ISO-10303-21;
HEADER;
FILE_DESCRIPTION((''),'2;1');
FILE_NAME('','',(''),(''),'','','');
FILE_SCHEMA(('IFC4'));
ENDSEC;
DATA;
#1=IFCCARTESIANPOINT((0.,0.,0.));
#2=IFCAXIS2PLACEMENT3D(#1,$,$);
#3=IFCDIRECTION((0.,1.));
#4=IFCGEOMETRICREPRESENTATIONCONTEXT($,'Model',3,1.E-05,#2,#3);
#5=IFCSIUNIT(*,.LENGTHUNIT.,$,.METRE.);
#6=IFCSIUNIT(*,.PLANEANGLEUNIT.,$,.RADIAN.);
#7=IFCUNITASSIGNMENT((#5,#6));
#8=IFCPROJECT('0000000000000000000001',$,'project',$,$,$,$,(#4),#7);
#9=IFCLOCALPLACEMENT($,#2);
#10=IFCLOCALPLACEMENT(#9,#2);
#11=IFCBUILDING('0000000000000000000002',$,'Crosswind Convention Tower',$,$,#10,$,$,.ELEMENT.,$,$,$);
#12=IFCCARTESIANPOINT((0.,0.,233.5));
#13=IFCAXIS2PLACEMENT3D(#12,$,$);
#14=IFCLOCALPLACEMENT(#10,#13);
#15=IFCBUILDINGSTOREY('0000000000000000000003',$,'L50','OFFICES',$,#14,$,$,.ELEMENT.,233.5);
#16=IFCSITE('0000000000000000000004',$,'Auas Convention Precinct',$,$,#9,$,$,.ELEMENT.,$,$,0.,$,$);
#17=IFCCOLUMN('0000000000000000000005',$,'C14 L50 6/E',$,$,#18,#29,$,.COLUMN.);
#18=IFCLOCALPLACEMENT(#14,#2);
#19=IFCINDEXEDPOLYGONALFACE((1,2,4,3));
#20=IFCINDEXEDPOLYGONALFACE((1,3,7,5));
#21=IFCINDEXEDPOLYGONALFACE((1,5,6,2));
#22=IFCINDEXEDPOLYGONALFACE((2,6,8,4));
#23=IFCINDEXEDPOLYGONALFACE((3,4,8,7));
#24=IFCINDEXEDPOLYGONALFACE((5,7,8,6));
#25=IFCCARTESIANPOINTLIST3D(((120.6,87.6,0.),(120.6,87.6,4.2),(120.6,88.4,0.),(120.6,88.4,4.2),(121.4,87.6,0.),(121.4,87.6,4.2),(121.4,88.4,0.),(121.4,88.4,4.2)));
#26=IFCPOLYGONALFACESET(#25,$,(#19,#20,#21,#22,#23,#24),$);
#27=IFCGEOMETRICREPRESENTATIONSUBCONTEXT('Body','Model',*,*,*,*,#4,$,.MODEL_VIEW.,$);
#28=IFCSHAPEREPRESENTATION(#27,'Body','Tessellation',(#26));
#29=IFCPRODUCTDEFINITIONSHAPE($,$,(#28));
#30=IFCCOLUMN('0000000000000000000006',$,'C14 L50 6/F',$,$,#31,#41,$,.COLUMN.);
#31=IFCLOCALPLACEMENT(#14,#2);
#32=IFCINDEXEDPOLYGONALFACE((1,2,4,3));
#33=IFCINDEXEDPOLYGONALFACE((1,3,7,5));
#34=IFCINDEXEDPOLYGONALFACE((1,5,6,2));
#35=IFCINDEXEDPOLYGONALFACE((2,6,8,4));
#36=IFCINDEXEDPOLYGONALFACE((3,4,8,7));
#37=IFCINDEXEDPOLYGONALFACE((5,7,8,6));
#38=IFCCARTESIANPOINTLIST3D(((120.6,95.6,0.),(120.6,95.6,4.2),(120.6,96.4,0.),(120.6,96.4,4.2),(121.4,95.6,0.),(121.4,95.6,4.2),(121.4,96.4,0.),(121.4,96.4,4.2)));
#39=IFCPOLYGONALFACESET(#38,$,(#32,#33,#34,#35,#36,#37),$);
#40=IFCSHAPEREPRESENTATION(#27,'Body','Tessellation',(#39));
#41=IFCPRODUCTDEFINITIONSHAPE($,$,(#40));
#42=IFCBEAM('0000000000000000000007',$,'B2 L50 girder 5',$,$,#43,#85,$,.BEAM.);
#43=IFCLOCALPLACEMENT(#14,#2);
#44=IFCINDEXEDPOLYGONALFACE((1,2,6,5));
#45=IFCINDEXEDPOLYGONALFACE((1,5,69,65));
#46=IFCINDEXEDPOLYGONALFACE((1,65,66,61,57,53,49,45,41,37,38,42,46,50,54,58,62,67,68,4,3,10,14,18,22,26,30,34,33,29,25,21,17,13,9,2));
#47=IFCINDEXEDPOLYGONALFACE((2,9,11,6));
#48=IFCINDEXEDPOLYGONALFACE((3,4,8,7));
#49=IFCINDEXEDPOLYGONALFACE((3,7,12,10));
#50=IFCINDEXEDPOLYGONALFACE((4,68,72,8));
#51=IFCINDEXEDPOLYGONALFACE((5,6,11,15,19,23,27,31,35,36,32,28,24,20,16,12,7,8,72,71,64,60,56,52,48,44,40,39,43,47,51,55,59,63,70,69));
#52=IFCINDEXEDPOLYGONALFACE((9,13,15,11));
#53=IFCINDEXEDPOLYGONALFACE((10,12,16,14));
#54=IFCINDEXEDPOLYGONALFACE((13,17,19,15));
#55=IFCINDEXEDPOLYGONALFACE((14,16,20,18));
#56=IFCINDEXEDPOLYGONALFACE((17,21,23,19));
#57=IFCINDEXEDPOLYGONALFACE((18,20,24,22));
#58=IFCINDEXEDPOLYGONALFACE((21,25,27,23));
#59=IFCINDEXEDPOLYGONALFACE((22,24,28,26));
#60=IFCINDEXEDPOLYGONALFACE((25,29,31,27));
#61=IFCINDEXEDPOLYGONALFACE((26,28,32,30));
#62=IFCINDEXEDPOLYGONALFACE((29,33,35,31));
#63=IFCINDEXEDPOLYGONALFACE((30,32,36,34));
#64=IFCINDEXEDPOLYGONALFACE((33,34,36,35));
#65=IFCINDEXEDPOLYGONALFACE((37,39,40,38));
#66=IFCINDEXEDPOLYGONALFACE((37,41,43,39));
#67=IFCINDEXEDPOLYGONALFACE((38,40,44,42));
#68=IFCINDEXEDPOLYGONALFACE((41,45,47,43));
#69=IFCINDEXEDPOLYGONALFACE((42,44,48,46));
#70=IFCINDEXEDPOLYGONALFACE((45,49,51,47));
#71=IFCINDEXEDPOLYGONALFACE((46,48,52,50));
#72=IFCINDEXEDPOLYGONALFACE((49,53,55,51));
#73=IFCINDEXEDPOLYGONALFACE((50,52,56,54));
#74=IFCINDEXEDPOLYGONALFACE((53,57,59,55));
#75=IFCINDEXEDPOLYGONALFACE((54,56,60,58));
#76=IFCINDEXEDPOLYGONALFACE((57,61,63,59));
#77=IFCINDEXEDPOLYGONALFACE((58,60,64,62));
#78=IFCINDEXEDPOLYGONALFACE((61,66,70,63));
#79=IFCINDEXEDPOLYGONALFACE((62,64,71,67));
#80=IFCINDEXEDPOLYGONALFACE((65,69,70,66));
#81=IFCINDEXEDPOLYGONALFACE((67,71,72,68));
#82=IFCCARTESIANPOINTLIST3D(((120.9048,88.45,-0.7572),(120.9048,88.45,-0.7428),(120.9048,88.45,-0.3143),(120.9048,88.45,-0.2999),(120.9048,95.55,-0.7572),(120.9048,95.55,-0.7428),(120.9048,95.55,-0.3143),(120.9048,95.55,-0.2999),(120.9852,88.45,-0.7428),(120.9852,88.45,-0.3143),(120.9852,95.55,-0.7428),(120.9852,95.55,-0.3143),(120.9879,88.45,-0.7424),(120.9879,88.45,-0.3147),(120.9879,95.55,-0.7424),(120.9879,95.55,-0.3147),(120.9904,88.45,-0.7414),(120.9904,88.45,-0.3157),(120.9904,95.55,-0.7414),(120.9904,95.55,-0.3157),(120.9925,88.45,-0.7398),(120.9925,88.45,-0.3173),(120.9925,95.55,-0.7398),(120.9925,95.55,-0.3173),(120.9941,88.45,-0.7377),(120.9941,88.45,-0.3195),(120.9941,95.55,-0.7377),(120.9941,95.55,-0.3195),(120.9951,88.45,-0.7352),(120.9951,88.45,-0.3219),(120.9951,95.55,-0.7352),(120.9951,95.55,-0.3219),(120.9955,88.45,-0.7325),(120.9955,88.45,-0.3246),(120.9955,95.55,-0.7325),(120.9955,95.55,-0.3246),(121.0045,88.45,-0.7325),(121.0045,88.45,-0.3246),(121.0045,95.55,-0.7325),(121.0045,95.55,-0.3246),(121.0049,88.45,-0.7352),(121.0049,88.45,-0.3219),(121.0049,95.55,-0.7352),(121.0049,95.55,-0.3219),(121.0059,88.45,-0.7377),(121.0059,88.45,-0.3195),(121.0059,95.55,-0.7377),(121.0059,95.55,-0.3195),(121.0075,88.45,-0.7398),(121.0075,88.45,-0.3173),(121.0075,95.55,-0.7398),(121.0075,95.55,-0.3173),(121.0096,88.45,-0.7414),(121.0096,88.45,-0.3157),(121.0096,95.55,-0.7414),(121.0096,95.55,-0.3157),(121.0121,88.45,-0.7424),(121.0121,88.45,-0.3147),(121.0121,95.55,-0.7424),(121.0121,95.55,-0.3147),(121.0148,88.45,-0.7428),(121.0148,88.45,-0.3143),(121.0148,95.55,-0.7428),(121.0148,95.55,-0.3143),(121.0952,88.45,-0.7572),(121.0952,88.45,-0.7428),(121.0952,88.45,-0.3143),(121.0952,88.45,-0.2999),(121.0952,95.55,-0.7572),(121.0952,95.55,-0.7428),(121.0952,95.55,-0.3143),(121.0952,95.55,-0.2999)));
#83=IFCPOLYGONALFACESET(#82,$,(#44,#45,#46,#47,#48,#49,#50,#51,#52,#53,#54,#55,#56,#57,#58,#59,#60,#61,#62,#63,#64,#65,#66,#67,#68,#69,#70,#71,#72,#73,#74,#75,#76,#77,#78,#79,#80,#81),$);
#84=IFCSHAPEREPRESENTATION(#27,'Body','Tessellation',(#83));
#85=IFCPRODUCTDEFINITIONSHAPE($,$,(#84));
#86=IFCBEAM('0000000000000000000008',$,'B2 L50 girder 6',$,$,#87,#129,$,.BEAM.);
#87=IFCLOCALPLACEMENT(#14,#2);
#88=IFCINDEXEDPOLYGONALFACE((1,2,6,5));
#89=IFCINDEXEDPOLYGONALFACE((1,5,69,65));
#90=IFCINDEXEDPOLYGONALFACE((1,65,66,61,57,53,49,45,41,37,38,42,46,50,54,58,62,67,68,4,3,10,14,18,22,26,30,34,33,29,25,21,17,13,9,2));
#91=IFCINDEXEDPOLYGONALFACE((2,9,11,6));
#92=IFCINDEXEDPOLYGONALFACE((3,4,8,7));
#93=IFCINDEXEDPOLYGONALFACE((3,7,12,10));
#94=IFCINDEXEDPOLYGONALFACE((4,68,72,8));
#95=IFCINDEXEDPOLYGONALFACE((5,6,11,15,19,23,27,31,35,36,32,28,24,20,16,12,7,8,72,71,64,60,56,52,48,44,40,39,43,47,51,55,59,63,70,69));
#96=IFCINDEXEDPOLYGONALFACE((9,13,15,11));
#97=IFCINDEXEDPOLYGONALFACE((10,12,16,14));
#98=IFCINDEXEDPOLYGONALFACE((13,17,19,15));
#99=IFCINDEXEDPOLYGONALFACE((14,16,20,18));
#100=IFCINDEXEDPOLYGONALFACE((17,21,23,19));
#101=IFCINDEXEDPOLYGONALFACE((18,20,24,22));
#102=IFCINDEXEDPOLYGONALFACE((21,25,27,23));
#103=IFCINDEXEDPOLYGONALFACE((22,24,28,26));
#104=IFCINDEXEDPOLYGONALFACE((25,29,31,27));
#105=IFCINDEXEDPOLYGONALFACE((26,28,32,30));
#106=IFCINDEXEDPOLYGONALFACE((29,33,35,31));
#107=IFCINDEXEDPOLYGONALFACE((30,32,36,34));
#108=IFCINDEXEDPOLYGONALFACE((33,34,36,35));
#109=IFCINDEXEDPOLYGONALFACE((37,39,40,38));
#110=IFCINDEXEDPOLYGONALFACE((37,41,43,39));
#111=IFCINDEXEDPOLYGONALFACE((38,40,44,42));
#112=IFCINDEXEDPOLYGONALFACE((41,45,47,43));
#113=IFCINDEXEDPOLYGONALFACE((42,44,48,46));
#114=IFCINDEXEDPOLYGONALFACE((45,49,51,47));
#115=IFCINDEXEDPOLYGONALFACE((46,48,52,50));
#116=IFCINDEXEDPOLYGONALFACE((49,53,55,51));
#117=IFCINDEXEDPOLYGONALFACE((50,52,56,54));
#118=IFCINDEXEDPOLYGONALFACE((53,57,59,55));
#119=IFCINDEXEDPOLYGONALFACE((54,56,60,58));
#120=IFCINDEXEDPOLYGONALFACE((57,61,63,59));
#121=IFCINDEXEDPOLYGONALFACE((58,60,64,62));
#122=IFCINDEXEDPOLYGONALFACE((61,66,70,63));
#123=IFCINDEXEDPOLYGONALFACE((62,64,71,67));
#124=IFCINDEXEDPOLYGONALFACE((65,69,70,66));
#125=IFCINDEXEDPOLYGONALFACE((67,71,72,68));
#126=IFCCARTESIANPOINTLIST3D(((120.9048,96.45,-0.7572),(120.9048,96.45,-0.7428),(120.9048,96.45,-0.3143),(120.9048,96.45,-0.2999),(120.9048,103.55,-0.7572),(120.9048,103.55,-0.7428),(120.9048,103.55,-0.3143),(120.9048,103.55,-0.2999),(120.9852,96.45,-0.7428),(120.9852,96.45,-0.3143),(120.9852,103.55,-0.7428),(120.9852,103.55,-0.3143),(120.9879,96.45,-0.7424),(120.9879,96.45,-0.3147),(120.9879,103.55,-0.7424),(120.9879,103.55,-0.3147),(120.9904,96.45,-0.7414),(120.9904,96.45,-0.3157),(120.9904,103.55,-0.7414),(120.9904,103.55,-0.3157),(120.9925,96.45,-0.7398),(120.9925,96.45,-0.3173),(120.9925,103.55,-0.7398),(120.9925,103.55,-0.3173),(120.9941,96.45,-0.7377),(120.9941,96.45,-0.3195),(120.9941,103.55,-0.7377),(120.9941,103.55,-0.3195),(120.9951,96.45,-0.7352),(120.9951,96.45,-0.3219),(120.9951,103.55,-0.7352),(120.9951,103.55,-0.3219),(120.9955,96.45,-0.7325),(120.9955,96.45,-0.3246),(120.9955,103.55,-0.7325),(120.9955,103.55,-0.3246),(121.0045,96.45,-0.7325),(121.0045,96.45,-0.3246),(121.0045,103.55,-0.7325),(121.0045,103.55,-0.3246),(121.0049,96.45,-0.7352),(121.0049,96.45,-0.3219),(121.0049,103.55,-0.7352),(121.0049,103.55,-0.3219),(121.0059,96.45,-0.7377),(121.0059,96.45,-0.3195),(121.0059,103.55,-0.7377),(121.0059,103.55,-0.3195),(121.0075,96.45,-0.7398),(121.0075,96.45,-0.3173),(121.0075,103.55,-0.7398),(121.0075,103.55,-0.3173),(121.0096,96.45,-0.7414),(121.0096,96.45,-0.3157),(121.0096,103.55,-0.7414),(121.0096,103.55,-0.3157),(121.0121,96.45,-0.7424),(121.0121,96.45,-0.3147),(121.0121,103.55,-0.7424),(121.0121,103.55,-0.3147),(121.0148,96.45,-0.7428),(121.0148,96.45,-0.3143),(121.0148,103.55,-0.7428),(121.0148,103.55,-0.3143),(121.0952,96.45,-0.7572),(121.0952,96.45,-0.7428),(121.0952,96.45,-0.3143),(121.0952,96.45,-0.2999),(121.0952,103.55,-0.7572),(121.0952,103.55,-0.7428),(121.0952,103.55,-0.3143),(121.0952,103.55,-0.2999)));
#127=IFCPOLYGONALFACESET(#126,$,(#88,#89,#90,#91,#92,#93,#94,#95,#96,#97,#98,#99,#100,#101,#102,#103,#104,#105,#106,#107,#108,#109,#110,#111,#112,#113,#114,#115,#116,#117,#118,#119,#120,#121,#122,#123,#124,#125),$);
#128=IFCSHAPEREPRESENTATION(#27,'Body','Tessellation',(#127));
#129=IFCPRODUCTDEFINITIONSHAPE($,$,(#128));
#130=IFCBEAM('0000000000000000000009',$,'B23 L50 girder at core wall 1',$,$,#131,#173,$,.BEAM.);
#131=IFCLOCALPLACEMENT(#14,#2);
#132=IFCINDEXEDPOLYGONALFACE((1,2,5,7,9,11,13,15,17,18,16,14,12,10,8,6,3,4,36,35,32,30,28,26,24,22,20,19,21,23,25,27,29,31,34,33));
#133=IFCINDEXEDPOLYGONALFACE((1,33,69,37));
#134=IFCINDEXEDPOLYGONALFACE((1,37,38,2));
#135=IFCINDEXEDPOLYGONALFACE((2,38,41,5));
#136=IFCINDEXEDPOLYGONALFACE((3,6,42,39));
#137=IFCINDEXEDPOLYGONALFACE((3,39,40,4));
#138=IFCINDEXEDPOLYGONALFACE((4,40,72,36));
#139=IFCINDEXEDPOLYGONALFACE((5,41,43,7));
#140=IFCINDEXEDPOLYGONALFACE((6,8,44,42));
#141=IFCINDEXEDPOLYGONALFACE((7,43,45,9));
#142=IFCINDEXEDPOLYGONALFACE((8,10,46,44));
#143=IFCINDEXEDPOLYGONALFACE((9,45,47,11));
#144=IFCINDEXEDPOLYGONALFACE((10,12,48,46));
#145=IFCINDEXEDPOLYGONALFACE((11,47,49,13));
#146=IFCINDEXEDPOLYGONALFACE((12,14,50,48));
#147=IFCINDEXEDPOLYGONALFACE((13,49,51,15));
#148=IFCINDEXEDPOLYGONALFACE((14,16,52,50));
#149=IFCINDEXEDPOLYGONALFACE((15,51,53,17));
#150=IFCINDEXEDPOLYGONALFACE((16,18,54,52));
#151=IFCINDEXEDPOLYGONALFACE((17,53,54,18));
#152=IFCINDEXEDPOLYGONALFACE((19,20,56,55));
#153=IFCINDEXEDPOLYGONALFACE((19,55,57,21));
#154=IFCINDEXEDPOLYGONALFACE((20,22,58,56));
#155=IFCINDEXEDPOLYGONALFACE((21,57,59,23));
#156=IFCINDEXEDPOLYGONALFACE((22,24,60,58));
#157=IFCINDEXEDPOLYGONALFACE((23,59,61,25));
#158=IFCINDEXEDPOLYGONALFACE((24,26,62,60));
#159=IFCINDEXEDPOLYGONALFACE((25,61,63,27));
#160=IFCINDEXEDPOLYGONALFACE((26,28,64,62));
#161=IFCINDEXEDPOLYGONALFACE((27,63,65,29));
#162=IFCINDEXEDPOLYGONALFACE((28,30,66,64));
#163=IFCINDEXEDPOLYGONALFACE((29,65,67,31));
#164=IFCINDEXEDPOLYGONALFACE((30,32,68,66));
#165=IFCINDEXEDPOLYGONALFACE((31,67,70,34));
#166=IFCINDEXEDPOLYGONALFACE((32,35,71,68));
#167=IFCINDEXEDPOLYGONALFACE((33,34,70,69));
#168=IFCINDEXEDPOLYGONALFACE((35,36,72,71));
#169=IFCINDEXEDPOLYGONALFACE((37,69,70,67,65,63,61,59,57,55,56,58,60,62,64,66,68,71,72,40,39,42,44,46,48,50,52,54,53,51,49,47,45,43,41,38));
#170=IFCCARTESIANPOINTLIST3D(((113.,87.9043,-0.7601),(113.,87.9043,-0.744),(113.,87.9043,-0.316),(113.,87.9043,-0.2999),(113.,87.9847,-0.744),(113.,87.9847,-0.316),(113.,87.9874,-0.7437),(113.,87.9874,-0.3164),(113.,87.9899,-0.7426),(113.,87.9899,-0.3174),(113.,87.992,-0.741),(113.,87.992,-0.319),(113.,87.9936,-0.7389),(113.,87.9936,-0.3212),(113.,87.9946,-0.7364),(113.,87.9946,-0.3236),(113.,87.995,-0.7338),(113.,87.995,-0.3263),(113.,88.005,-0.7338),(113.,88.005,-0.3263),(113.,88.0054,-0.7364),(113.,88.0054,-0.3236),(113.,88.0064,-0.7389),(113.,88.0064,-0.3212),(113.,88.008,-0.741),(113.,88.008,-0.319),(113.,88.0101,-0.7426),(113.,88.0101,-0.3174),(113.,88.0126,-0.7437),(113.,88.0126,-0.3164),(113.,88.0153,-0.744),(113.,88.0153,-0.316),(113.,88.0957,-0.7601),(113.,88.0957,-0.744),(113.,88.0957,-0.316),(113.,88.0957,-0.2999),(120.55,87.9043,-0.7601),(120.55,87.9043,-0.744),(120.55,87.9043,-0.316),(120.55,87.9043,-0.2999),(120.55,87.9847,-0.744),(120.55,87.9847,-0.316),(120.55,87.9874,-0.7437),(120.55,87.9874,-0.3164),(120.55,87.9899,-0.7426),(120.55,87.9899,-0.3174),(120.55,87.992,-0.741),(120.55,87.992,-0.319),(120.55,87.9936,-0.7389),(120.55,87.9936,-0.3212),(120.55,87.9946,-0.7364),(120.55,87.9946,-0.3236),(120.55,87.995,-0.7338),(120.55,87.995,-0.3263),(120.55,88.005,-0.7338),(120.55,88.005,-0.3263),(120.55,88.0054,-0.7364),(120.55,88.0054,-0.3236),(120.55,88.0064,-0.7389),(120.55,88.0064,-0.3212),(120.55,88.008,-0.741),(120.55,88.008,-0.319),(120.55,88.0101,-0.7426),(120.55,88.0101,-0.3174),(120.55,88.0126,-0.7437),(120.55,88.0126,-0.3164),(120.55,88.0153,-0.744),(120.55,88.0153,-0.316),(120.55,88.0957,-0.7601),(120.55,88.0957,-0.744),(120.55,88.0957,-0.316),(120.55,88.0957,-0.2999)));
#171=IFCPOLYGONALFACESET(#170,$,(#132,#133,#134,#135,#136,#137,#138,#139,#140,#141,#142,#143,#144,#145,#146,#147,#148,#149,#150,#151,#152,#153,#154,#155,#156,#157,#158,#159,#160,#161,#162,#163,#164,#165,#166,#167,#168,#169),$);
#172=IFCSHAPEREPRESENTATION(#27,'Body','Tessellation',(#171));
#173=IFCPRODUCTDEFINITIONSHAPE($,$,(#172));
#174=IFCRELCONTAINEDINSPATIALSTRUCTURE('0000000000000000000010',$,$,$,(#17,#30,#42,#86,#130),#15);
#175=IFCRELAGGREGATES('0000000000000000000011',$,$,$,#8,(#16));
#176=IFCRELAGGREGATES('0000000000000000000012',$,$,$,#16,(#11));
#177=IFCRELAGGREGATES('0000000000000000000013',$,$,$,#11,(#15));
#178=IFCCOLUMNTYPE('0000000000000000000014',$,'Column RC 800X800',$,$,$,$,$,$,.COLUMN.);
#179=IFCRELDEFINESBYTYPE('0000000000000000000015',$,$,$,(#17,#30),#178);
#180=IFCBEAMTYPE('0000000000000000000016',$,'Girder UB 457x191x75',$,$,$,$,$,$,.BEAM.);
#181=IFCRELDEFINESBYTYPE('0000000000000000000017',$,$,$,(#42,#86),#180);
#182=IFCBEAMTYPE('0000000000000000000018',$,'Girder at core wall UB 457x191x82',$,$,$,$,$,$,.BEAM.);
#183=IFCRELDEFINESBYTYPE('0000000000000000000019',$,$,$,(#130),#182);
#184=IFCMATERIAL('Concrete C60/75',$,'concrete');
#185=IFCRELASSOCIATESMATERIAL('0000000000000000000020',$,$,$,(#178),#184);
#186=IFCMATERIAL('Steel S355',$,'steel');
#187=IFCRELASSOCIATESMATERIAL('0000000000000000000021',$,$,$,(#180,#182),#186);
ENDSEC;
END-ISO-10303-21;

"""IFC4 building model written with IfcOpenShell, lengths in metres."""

from ifc_helpers import new_model, si_unit, direction, frame, origin, origin_2d, place, context, subcontext, project, spatial, rectangle, i_section, extrude, material, material_profile, profile_set, type_object, element, save


model = new_model("IFC4")

# Units and contexts
model_context = context("Model", 3, precision=1e-05, world=origin(), true_north=direction((0.0, 1.0)))
body_context = subcontext(model_context, "Body", "Model", "MODEL_VIEW")
ifc_project = project(units=[si_unit("LENGTHUNIT", "METRE"), si_unit("PLANEANGLEUNIT", "RADIAN")], contexts=[model_context])

# Site, building, storey
site_placement = place(None, origin())
site = spatial("IfcSite", under=ifc_project, at=site_placement, Name="Auas Convention Precinct", CompositionType="ELEMENT", RefElevation=0.0)
building_placement = place(site_placement, origin())
building = spatial("IfcBuilding", under=site, at=building_placement, Name="Crosswind Convention Tower", CompositionType="ELEMENT")
storey_placement = place(building_placement, frame((0.0, 0.0, 233.5)))
storey = spatial("IfcBuildingStorey", under=building, at=storey_placement, Name="L50", Description="OFFICES", CompositionType="ELEMENT", Elevation=233.5)

# Columns
ifc_material_1 = material(Name="Concrete C60/75", Category="concrete")
ifc_material_profile_1 = material_profile(ifc_material_1, rectangle(XDim=0.8, YDim=0.8, at=origin_2d()), Name="RC 800X800")
ifc_profile_set_1 = profile_set([ifc_material_profile_1], Name="Concrete C60/75")
column_type = type_object("IfcColumnType", Name="Column RC 800X800", PredefinedType="COLUMN", material=ifc_profile_set_1)
for number, where, z_axis, x_axis, name in (
    (1, (121.0, 88.0, 0.0), (0.0, 0.0, 1.0), (1.0, 0.0, 0.0), "C14 L50 6/E"),
    (2, (121.0, 96.0, 0.0), (0.0, 0.0, 1.0), (1.0, 0.0, 0.0), "C14 L50 6/F"),
):
    element("IfcColumn", number, at=place(storey_placement, frame(where, z_axis=z_axis, x_axis=x_axis)), inside=storey, type_object=column_type, Name=name, PredefinedType="COLUMN", context=body_context, shape_type="SweptSolid", body=[
        extrude(rectangle(XDim=0.8, YDim=0.8, at=origin_2d()), origin(), (0.0, 0.0, 1.0), 4.2),
    ])

# Beams
ifc_material_2 = material(Name="Steel S355", Category="steel")
ifc_material_profile_2 = material_profile(ifc_material_2, i_section(OverallWidth=0.1904, OverallDepth=0.4573, WebThickness=0.009, FlangeThickness=0.0144, FilletRadius=0.0103, at=origin_2d()), Name="UB 457x191x75")
ifc_profile_set_2 = profile_set([ifc_material_profile_2], Name="Steel S355")
beam_type_1 = type_object("IfcBeamType", Name="Girder UB 457x191x75", PredefinedType="BEAM", material=ifc_profile_set_2)
for number, where, z_axis, x_axis, name in (
    (3, (121.0, 88.45, -0.5286), (0.0, 1.0, 0.0), (-1.0, 0.0, 0.0), "B2 L50 girder 5"),
    (4, (121.0, 96.45, -0.5286), (0.0, 1.0, 0.0), (-1.0, 0.0, 0.0), "B2 L50 girder 6"),
):
    element("IfcBeam", number, at=place(storey_placement, frame(where, z_axis=z_axis, x_axis=x_axis)), inside=storey, type_object=beam_type_1, Name=name, PredefinedType="BEAM", context=body_context, shape_type="SweptSolid", body=[
        extrude(i_section(OverallWidth=0.1904, OverallDepth=0.4573, WebThickness=0.009, FlangeThickness=0.0144, FilletRadius=0.0103, at=origin_2d()), origin(), (0.0, 0.0, 1.0), 7.1001),
    ])
ifc_material_profile_3 = material_profile(ifc_material_2, i_section(OverallWidth=0.1914, OverallDepth=0.4602, WebThickness=0.01, FlangeThickness=0.0161, FilletRadius=0.0103, at=origin_2d()), Name="UB 457x191x82")
ifc_profile_set_3 = profile_set([ifc_material_profile_3], Name="Steel S355")
beam_type_2 = type_object("IfcBeamType", Name="Girder at core wall UB 457x191x82", PredefinedType="BEAM", material=ifc_profile_set_3)
for number, where, z_axis, x_axis, name in (
    (5, (113.0, 88.0, -0.53), (1.0, 0.0, 0.0), (0.0, 1.0, 0.0), "B23 L50 girder at core wall 1"),
):
    element("IfcBeam", number, at=place(storey_placement, frame(where, z_axis=z_axis, x_axis=x_axis)), inside=storey, type_object=beam_type_2, Name=name, PredefinedType="BEAM", context=body_context, shape_type="SweptSolid", body=[
        extrude(i_section(OverallWidth=0.1914, OverallDepth=0.4602, WebThickness=0.01, FlangeThickness=0.0161, FilletRadius=0.0103, at=origin_2d()), origin(), (0.0, 0.0, 1.0), 7.55),
    ])

save(model, "model.ifc")
